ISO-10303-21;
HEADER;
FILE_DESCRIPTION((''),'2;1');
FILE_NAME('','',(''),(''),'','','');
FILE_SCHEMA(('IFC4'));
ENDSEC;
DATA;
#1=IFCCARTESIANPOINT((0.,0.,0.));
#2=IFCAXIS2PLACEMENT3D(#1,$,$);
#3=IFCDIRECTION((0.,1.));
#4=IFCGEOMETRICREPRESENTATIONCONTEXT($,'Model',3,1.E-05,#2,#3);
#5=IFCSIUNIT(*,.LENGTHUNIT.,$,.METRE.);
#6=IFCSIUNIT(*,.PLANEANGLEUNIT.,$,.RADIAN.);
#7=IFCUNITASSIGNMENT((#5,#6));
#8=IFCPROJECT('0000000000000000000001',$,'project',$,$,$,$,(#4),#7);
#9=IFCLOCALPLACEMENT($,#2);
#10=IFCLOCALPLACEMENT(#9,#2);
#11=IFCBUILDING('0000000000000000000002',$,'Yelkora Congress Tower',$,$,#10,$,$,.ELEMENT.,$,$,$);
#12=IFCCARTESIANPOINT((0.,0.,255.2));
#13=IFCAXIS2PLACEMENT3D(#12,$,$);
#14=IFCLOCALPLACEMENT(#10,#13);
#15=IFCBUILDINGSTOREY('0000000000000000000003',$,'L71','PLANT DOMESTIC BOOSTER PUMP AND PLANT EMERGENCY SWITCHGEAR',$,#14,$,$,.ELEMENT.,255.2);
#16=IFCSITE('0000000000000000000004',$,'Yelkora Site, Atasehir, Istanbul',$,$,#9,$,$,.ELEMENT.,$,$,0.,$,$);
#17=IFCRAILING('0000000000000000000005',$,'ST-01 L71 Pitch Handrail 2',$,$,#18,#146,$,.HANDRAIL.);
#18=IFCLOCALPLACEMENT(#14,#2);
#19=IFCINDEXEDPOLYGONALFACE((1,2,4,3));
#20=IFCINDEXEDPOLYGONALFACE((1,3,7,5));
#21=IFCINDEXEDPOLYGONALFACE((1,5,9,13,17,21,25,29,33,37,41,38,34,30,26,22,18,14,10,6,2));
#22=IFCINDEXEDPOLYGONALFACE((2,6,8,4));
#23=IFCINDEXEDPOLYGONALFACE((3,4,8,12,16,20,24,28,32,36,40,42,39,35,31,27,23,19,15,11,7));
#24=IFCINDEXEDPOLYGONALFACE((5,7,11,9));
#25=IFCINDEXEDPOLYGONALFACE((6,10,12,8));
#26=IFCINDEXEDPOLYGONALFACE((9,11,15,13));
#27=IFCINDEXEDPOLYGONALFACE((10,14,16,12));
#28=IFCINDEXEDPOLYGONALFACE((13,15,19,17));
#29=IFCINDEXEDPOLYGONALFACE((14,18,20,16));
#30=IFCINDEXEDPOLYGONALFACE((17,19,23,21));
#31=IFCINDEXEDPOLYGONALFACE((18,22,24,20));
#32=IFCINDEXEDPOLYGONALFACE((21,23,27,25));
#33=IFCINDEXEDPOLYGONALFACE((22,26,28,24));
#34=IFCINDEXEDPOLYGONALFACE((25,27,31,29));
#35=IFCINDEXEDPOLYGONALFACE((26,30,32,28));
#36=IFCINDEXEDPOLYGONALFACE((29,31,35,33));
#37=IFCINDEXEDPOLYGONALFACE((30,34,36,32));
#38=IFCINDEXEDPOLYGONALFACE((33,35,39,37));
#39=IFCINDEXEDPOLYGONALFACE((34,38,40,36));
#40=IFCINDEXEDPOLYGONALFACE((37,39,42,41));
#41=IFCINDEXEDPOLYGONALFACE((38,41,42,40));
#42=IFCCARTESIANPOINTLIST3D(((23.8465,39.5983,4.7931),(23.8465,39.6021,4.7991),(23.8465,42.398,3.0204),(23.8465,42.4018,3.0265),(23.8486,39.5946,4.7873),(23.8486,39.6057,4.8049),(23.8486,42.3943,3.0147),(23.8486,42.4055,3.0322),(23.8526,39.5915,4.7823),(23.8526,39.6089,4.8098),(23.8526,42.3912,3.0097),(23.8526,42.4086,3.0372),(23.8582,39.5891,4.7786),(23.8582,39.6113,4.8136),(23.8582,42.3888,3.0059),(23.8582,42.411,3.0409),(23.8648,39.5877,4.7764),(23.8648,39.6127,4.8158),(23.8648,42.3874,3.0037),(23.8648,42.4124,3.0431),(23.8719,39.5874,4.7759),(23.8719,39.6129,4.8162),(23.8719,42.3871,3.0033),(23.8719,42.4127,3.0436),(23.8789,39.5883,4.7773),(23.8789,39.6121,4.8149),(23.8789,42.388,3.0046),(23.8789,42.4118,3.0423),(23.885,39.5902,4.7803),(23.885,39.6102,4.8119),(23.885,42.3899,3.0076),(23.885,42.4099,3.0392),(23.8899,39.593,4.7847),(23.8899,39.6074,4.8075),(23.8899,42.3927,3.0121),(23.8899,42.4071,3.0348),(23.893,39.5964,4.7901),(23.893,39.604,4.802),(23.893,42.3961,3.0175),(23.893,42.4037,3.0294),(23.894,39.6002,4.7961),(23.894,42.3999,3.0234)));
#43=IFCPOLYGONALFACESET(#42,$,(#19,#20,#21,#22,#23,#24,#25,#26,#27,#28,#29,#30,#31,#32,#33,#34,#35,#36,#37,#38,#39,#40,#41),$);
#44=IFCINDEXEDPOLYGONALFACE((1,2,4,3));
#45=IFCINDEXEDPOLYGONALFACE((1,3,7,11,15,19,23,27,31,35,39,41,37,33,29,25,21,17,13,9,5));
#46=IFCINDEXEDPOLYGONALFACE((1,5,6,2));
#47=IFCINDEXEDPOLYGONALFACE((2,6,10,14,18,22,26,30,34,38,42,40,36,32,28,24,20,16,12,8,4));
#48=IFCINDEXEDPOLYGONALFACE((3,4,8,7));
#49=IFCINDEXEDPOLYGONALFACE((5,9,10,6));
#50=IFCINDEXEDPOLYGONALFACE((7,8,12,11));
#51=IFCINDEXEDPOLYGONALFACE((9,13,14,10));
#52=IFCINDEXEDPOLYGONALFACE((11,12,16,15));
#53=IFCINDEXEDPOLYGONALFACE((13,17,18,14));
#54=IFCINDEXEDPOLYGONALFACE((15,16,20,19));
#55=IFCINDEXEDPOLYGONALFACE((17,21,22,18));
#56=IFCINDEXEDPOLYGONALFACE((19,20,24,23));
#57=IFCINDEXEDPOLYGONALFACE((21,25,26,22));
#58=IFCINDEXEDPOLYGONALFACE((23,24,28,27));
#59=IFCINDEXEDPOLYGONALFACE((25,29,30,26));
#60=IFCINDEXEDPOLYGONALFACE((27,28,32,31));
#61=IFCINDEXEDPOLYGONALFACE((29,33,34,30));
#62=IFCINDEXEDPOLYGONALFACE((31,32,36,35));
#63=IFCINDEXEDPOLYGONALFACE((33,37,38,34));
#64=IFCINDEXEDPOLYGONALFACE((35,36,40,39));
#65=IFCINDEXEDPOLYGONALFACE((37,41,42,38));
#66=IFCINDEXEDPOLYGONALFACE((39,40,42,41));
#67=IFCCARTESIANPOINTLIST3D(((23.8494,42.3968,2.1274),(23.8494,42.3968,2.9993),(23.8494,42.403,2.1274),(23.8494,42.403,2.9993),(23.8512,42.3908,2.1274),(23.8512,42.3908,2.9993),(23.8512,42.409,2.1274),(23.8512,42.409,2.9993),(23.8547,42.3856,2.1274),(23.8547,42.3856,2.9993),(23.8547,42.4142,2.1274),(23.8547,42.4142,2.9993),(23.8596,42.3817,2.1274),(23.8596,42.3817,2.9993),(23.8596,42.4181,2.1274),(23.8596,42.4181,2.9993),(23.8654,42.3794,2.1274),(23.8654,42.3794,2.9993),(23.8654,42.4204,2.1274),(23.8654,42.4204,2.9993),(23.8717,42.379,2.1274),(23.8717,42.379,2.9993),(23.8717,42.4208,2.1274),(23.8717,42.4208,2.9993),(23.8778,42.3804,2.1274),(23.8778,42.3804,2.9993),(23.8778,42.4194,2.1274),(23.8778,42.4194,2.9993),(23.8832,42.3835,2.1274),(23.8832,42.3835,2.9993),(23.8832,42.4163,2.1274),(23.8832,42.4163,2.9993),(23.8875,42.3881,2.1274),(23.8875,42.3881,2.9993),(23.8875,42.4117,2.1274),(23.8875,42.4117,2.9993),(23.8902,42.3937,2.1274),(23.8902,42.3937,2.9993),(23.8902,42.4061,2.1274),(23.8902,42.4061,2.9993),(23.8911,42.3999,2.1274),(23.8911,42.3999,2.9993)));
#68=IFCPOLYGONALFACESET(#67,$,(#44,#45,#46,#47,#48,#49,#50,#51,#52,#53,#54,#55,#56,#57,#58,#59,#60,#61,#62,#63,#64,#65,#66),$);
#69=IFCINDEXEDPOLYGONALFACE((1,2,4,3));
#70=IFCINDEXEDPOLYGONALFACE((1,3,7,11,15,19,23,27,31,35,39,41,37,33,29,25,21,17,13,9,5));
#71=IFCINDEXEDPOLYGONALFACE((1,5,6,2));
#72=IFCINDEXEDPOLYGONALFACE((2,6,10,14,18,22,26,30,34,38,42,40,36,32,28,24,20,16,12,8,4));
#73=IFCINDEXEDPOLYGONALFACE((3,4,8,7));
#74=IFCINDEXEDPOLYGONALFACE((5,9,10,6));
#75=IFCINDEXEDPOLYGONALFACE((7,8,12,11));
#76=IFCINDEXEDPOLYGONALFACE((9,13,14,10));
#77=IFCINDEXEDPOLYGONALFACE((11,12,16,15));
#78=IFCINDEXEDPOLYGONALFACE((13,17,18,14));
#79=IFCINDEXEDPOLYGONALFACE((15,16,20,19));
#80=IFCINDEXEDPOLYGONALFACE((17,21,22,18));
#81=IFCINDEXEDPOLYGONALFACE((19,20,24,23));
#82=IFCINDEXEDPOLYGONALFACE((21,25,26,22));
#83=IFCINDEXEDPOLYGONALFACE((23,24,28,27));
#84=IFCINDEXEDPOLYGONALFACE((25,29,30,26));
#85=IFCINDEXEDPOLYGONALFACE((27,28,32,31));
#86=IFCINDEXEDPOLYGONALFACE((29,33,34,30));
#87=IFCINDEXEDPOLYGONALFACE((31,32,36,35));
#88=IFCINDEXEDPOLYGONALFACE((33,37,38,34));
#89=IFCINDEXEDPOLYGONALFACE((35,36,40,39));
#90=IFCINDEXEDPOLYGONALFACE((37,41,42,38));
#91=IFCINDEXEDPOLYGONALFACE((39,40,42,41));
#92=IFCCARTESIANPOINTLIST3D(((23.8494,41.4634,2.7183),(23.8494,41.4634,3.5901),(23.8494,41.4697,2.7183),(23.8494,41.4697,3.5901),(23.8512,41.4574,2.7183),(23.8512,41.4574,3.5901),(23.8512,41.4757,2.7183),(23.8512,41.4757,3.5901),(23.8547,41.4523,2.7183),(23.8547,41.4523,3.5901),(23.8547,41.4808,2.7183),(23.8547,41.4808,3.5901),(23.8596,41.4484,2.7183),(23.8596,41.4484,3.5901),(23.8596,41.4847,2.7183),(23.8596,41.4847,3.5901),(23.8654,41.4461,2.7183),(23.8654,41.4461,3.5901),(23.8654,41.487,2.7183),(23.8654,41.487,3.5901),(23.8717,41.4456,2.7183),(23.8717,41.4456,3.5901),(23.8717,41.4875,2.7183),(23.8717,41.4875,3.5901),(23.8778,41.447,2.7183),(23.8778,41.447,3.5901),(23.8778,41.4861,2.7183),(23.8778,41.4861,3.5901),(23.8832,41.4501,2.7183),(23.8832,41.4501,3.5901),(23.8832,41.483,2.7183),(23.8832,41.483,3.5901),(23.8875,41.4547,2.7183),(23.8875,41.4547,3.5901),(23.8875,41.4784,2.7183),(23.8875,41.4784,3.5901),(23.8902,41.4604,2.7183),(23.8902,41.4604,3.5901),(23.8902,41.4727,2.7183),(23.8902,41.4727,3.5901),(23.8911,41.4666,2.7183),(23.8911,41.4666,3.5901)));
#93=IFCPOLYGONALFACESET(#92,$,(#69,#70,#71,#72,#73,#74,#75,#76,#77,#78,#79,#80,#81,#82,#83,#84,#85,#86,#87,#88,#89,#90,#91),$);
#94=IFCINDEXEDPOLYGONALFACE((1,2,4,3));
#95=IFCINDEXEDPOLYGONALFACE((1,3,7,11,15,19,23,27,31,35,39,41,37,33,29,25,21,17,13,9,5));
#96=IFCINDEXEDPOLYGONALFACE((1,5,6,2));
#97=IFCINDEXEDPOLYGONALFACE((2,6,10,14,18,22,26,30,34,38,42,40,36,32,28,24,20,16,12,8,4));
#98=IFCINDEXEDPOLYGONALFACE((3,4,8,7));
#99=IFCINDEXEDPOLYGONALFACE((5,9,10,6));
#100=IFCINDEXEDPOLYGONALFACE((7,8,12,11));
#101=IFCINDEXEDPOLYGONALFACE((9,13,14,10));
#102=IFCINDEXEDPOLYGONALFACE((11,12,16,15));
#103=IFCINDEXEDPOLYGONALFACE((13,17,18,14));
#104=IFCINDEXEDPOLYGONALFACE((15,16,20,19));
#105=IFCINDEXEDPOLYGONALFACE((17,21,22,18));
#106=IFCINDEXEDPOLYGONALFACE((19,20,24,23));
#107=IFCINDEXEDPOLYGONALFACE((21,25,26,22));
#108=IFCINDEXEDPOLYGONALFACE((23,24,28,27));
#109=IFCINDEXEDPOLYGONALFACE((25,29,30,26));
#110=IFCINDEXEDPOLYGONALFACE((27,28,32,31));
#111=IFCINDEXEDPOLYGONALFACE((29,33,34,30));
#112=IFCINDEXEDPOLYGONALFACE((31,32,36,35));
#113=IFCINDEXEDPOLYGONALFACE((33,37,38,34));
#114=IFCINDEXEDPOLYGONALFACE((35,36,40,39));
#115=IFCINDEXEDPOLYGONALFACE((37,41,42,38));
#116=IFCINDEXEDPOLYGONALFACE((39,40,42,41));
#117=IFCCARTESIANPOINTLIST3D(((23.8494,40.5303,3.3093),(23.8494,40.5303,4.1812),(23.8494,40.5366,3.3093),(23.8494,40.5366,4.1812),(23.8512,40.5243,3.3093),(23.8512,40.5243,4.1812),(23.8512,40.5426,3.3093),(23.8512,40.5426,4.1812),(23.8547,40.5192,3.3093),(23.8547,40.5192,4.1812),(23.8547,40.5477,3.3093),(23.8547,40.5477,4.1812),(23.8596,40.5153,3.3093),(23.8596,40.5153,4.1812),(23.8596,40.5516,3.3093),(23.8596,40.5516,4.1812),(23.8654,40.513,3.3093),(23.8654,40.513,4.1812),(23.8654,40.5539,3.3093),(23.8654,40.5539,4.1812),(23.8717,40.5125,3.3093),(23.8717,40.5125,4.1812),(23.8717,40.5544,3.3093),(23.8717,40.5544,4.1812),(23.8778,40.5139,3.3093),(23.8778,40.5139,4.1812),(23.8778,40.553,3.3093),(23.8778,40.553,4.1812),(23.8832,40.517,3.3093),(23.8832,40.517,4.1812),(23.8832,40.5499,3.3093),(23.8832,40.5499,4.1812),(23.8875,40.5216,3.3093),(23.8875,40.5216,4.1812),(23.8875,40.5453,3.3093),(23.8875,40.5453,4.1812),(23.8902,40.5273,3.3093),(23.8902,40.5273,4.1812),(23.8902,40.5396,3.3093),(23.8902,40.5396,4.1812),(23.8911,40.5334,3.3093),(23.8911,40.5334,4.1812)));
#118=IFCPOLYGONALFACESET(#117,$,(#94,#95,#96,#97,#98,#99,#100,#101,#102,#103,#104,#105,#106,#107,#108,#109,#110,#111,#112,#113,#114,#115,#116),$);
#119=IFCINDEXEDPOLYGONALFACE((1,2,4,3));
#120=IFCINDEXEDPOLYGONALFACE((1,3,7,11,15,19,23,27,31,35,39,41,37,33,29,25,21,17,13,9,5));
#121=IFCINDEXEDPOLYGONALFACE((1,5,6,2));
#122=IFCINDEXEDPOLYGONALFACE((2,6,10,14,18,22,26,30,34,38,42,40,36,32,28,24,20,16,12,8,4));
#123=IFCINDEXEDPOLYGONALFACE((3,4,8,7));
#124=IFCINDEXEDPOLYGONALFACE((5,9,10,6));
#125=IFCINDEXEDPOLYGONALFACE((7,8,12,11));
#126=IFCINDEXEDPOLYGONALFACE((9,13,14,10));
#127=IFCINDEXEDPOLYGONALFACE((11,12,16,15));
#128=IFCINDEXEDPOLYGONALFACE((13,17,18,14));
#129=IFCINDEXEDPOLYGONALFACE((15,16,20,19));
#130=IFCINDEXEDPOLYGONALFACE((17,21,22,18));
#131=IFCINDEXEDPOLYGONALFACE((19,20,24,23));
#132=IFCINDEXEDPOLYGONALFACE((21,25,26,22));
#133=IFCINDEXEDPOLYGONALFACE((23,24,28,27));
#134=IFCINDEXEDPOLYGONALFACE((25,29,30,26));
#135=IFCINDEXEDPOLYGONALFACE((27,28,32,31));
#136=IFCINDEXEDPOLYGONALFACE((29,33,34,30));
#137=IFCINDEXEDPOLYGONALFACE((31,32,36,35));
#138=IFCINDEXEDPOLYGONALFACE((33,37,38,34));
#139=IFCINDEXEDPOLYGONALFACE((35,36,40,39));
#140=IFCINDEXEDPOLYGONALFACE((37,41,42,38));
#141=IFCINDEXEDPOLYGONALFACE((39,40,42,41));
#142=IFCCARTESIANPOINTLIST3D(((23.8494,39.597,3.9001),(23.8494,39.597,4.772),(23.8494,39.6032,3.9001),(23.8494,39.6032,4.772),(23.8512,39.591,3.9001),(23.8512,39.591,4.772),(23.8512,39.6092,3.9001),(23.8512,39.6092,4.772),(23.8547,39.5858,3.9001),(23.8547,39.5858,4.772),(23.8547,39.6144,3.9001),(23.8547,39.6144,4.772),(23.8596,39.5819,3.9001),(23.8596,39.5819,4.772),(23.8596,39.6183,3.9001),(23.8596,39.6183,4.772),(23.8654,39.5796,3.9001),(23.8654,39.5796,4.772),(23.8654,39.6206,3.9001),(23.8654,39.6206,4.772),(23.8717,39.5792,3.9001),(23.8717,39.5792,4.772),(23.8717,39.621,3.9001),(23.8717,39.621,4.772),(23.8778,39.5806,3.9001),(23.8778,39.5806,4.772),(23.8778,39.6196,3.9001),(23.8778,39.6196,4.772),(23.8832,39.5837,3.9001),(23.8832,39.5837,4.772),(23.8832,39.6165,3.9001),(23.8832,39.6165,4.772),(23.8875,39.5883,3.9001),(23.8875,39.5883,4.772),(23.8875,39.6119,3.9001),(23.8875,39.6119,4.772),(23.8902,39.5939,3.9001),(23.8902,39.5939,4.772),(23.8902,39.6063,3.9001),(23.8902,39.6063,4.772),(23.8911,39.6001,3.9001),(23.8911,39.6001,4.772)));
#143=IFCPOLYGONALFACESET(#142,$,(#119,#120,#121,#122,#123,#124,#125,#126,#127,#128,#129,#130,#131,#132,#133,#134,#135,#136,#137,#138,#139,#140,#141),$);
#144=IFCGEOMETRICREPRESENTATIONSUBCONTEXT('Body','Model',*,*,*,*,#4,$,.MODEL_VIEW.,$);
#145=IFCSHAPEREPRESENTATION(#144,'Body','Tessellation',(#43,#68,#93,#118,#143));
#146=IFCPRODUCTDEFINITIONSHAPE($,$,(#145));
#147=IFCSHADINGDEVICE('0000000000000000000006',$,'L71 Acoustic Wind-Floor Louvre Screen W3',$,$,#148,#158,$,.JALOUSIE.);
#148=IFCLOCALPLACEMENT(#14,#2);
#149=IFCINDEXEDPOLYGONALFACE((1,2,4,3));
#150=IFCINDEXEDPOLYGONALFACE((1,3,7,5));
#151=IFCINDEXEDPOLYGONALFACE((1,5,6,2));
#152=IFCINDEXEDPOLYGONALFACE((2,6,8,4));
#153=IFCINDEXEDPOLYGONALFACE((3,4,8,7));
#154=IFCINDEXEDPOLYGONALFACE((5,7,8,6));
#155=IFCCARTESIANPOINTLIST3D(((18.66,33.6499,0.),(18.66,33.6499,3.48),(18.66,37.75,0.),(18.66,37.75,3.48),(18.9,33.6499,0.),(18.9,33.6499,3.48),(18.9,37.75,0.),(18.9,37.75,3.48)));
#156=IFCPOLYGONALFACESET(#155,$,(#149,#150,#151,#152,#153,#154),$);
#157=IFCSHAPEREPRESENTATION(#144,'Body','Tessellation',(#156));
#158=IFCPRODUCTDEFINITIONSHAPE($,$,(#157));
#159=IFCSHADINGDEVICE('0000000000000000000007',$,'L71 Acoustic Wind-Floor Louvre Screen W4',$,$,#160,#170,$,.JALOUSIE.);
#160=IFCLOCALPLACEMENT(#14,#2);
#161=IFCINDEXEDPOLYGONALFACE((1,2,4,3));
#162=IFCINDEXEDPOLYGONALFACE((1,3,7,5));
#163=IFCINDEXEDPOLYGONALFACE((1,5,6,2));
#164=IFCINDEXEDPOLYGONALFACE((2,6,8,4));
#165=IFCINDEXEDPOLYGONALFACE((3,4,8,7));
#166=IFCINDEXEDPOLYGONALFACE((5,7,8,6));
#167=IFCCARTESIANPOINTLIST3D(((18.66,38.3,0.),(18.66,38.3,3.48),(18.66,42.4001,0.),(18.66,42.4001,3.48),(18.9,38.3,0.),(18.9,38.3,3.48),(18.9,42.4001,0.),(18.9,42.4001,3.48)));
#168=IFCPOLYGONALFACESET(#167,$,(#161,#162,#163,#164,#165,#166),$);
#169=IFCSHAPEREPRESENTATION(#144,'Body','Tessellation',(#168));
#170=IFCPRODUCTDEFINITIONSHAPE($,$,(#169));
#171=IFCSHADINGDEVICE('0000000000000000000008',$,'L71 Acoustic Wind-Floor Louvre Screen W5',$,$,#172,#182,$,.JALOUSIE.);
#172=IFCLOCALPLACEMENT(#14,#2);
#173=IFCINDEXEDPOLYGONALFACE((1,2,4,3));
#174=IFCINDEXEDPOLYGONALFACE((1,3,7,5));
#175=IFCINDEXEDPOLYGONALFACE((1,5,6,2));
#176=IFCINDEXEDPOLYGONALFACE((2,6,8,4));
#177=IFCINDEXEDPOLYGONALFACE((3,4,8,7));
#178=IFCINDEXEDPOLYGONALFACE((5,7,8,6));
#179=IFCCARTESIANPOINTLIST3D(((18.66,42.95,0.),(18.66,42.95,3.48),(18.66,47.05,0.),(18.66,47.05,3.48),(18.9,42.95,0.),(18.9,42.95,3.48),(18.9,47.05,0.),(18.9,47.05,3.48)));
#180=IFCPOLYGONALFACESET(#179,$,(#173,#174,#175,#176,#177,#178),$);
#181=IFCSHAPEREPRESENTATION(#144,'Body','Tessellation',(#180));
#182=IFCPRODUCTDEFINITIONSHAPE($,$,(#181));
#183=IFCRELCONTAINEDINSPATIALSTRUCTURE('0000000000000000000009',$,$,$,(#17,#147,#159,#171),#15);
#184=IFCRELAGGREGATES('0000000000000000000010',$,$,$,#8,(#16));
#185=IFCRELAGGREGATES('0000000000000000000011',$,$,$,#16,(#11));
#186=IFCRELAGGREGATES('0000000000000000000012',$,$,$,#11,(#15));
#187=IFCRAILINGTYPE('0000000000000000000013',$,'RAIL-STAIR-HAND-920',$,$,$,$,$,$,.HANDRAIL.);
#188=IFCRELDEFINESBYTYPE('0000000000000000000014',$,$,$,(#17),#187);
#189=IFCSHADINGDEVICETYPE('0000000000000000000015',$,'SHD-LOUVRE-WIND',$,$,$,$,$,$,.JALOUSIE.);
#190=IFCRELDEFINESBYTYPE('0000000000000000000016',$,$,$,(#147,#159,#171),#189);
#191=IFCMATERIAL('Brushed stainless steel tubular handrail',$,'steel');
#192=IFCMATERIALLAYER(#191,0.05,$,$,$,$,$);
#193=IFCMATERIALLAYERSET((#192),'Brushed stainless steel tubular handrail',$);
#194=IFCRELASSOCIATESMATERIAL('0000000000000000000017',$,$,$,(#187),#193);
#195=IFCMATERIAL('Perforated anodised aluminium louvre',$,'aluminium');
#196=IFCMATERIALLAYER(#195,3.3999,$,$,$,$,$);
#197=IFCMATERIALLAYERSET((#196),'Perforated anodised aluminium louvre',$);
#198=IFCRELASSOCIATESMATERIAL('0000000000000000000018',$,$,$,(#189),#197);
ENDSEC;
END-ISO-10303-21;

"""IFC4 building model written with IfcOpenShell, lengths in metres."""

from ifc_helpers import new_model, si_unit, direction, frame, origin, origin_2d, place, context, subcontext, project, spatial, rectangle, circle, extrude, material, layer, layer_set, type_object, element, save


model = new_model("IFC4")

# Units and contexts
model_context = context("Model", 3, precision=1e-05, world=origin(), true_north=direction((0.0, 1.0)))
body_context = subcontext(model_context, "Body", "Model", "MODEL_VIEW")
ifc_project = project(units=[si_unit("LENGTHUNIT", "METRE"), si_unit("PLANEANGLEUNIT", "RADIAN")], contexts=[model_context])

# Site, building, storey
site_placement = place(None, origin())
site = spatial("IfcSite", under=ifc_project, at=site_placement, Name="Yelkora Site, Atasehir, Istanbul", CompositionType="ELEMENT", RefElevation=0.0)
building_placement = place(site_placement, origin())
building = spatial("IfcBuilding", under=site, at=building_placement, Name="Yelkora Congress Tower", CompositionType="ELEMENT")
storey_placement = place(building_placement, frame((0.0, 0.0, 255.2)))
storey = spatial("IfcBuildingStorey", under=building, at=storey_placement, Name="L71", Description="PLANT DOMESTIC BOOSTER PUMP AND PLANT EMERGENCY SWITCHGEAR", CompositionType="ELEMENT", Elevation=255.2)

# Railing
ifc_material_1 = material(Name="Brushed stainless steel tubular handrail", Category="steel")
ifc_layer_1 = layer(ifc_material_1, 0.05)
ifc_layer_set_1 = layer_set([ifc_layer_1], Name="Brushed stainless steel tubular handrail")
railing_type_1 = type_object("IfcRailingType", Name="RAIL-STAIR-HAND-920", PredefinedType="HANDRAIL", material=ifc_layer_set_1)
railing_1_placement = place(storey_placement, frame((23.8701, 42.3999, 2.1274)))
element("IfcRailing", 1, at=railing_1_placement, inside=storey, type_object=railing_type_1, Name="ST-01 L71 Pitch Handrail 2", PredefinedType="HANDRAIL", context=body_context, shape_type="SweptSolid", body=[
    extrude(circle(Radius=0.0239, at=origin_2d()), frame((0.0, 0.0, 0.896), z_axis=(0.0, -0.844888, 0.534943), x_axis=(1.0, 0.0, 0.0)), (0.0, 0.0, 1.0), 3.3137),
    extrude(circle(Radius=0.021, at=origin_2d()), origin(), (0.0, 0.0, 1.0), 0.8718),
    extrude(circle(Radius=0.021, at=origin_2d()), frame((0.0, -0.9333, 0.5908)), (0.0, 0.0, 1.0), 0.8718),
    extrude(circle(Radius=0.021, at=origin_2d()), frame((0.0, -1.8665, 1.1819)), (0.0, 0.0, 1.0), 0.8718),
    extrude(circle(Radius=0.021, at=origin_2d()), frame((0.0, -2.7998, 1.7727)), (0.0, 0.0, 1.0), 0.8718),
])

# Shading devices
ifc_material_2 = material(Name="Perforated anodised aluminium louvre", Category="aluminium")
ifc_layer_2 = layer(ifc_material_2, 3.3999)
ifc_layer_set_2 = layer_set([ifc_layer_2], Name="Perforated anodised aluminium louvre")
shading_device_type = type_object("IfcShadingDeviceType", Name="SHD-LOUVRE-WIND", PredefinedType="JALOUSIE", material=ifc_layer_set_2)
for number, where, z_axis, x_axis, name in (
    (2, (18.78, 35.7, 0.0), (0.0, 0.0, 1.0), (1.0, 0.0, 0.0), "L71 Acoustic Wind-Floor Louvre Screen W3"),
    (3, (18.78, 40.3501, 0.0), (0.0, 0.0, 1.0), (1.0, 0.0, 0.0), "L71 Acoustic Wind-Floor Louvre Screen W4"),
    (4, (18.78, 45.0, 0.0), (0.0, 0.0, 1.0), (1.0, 0.0, 0.0), "L71 Acoustic Wind-Floor Louvre Screen W5"),
):
    element("IfcShadingDevice", number, at=place(storey_placement, frame(where, z_axis=z_axis, x_axis=x_axis)), inside=storey, type_object=shading_device_type, Name=name, PredefinedType="JALOUSIE", context=body_context, shape_type="SweptSolid", body=[
        extrude(rectangle(XDim=0.24, YDim=4.1001, at=origin_2d()), origin(), (0.0, 0.0, 1.0), 3.48),
    ])

save(model, "model.ifc")
